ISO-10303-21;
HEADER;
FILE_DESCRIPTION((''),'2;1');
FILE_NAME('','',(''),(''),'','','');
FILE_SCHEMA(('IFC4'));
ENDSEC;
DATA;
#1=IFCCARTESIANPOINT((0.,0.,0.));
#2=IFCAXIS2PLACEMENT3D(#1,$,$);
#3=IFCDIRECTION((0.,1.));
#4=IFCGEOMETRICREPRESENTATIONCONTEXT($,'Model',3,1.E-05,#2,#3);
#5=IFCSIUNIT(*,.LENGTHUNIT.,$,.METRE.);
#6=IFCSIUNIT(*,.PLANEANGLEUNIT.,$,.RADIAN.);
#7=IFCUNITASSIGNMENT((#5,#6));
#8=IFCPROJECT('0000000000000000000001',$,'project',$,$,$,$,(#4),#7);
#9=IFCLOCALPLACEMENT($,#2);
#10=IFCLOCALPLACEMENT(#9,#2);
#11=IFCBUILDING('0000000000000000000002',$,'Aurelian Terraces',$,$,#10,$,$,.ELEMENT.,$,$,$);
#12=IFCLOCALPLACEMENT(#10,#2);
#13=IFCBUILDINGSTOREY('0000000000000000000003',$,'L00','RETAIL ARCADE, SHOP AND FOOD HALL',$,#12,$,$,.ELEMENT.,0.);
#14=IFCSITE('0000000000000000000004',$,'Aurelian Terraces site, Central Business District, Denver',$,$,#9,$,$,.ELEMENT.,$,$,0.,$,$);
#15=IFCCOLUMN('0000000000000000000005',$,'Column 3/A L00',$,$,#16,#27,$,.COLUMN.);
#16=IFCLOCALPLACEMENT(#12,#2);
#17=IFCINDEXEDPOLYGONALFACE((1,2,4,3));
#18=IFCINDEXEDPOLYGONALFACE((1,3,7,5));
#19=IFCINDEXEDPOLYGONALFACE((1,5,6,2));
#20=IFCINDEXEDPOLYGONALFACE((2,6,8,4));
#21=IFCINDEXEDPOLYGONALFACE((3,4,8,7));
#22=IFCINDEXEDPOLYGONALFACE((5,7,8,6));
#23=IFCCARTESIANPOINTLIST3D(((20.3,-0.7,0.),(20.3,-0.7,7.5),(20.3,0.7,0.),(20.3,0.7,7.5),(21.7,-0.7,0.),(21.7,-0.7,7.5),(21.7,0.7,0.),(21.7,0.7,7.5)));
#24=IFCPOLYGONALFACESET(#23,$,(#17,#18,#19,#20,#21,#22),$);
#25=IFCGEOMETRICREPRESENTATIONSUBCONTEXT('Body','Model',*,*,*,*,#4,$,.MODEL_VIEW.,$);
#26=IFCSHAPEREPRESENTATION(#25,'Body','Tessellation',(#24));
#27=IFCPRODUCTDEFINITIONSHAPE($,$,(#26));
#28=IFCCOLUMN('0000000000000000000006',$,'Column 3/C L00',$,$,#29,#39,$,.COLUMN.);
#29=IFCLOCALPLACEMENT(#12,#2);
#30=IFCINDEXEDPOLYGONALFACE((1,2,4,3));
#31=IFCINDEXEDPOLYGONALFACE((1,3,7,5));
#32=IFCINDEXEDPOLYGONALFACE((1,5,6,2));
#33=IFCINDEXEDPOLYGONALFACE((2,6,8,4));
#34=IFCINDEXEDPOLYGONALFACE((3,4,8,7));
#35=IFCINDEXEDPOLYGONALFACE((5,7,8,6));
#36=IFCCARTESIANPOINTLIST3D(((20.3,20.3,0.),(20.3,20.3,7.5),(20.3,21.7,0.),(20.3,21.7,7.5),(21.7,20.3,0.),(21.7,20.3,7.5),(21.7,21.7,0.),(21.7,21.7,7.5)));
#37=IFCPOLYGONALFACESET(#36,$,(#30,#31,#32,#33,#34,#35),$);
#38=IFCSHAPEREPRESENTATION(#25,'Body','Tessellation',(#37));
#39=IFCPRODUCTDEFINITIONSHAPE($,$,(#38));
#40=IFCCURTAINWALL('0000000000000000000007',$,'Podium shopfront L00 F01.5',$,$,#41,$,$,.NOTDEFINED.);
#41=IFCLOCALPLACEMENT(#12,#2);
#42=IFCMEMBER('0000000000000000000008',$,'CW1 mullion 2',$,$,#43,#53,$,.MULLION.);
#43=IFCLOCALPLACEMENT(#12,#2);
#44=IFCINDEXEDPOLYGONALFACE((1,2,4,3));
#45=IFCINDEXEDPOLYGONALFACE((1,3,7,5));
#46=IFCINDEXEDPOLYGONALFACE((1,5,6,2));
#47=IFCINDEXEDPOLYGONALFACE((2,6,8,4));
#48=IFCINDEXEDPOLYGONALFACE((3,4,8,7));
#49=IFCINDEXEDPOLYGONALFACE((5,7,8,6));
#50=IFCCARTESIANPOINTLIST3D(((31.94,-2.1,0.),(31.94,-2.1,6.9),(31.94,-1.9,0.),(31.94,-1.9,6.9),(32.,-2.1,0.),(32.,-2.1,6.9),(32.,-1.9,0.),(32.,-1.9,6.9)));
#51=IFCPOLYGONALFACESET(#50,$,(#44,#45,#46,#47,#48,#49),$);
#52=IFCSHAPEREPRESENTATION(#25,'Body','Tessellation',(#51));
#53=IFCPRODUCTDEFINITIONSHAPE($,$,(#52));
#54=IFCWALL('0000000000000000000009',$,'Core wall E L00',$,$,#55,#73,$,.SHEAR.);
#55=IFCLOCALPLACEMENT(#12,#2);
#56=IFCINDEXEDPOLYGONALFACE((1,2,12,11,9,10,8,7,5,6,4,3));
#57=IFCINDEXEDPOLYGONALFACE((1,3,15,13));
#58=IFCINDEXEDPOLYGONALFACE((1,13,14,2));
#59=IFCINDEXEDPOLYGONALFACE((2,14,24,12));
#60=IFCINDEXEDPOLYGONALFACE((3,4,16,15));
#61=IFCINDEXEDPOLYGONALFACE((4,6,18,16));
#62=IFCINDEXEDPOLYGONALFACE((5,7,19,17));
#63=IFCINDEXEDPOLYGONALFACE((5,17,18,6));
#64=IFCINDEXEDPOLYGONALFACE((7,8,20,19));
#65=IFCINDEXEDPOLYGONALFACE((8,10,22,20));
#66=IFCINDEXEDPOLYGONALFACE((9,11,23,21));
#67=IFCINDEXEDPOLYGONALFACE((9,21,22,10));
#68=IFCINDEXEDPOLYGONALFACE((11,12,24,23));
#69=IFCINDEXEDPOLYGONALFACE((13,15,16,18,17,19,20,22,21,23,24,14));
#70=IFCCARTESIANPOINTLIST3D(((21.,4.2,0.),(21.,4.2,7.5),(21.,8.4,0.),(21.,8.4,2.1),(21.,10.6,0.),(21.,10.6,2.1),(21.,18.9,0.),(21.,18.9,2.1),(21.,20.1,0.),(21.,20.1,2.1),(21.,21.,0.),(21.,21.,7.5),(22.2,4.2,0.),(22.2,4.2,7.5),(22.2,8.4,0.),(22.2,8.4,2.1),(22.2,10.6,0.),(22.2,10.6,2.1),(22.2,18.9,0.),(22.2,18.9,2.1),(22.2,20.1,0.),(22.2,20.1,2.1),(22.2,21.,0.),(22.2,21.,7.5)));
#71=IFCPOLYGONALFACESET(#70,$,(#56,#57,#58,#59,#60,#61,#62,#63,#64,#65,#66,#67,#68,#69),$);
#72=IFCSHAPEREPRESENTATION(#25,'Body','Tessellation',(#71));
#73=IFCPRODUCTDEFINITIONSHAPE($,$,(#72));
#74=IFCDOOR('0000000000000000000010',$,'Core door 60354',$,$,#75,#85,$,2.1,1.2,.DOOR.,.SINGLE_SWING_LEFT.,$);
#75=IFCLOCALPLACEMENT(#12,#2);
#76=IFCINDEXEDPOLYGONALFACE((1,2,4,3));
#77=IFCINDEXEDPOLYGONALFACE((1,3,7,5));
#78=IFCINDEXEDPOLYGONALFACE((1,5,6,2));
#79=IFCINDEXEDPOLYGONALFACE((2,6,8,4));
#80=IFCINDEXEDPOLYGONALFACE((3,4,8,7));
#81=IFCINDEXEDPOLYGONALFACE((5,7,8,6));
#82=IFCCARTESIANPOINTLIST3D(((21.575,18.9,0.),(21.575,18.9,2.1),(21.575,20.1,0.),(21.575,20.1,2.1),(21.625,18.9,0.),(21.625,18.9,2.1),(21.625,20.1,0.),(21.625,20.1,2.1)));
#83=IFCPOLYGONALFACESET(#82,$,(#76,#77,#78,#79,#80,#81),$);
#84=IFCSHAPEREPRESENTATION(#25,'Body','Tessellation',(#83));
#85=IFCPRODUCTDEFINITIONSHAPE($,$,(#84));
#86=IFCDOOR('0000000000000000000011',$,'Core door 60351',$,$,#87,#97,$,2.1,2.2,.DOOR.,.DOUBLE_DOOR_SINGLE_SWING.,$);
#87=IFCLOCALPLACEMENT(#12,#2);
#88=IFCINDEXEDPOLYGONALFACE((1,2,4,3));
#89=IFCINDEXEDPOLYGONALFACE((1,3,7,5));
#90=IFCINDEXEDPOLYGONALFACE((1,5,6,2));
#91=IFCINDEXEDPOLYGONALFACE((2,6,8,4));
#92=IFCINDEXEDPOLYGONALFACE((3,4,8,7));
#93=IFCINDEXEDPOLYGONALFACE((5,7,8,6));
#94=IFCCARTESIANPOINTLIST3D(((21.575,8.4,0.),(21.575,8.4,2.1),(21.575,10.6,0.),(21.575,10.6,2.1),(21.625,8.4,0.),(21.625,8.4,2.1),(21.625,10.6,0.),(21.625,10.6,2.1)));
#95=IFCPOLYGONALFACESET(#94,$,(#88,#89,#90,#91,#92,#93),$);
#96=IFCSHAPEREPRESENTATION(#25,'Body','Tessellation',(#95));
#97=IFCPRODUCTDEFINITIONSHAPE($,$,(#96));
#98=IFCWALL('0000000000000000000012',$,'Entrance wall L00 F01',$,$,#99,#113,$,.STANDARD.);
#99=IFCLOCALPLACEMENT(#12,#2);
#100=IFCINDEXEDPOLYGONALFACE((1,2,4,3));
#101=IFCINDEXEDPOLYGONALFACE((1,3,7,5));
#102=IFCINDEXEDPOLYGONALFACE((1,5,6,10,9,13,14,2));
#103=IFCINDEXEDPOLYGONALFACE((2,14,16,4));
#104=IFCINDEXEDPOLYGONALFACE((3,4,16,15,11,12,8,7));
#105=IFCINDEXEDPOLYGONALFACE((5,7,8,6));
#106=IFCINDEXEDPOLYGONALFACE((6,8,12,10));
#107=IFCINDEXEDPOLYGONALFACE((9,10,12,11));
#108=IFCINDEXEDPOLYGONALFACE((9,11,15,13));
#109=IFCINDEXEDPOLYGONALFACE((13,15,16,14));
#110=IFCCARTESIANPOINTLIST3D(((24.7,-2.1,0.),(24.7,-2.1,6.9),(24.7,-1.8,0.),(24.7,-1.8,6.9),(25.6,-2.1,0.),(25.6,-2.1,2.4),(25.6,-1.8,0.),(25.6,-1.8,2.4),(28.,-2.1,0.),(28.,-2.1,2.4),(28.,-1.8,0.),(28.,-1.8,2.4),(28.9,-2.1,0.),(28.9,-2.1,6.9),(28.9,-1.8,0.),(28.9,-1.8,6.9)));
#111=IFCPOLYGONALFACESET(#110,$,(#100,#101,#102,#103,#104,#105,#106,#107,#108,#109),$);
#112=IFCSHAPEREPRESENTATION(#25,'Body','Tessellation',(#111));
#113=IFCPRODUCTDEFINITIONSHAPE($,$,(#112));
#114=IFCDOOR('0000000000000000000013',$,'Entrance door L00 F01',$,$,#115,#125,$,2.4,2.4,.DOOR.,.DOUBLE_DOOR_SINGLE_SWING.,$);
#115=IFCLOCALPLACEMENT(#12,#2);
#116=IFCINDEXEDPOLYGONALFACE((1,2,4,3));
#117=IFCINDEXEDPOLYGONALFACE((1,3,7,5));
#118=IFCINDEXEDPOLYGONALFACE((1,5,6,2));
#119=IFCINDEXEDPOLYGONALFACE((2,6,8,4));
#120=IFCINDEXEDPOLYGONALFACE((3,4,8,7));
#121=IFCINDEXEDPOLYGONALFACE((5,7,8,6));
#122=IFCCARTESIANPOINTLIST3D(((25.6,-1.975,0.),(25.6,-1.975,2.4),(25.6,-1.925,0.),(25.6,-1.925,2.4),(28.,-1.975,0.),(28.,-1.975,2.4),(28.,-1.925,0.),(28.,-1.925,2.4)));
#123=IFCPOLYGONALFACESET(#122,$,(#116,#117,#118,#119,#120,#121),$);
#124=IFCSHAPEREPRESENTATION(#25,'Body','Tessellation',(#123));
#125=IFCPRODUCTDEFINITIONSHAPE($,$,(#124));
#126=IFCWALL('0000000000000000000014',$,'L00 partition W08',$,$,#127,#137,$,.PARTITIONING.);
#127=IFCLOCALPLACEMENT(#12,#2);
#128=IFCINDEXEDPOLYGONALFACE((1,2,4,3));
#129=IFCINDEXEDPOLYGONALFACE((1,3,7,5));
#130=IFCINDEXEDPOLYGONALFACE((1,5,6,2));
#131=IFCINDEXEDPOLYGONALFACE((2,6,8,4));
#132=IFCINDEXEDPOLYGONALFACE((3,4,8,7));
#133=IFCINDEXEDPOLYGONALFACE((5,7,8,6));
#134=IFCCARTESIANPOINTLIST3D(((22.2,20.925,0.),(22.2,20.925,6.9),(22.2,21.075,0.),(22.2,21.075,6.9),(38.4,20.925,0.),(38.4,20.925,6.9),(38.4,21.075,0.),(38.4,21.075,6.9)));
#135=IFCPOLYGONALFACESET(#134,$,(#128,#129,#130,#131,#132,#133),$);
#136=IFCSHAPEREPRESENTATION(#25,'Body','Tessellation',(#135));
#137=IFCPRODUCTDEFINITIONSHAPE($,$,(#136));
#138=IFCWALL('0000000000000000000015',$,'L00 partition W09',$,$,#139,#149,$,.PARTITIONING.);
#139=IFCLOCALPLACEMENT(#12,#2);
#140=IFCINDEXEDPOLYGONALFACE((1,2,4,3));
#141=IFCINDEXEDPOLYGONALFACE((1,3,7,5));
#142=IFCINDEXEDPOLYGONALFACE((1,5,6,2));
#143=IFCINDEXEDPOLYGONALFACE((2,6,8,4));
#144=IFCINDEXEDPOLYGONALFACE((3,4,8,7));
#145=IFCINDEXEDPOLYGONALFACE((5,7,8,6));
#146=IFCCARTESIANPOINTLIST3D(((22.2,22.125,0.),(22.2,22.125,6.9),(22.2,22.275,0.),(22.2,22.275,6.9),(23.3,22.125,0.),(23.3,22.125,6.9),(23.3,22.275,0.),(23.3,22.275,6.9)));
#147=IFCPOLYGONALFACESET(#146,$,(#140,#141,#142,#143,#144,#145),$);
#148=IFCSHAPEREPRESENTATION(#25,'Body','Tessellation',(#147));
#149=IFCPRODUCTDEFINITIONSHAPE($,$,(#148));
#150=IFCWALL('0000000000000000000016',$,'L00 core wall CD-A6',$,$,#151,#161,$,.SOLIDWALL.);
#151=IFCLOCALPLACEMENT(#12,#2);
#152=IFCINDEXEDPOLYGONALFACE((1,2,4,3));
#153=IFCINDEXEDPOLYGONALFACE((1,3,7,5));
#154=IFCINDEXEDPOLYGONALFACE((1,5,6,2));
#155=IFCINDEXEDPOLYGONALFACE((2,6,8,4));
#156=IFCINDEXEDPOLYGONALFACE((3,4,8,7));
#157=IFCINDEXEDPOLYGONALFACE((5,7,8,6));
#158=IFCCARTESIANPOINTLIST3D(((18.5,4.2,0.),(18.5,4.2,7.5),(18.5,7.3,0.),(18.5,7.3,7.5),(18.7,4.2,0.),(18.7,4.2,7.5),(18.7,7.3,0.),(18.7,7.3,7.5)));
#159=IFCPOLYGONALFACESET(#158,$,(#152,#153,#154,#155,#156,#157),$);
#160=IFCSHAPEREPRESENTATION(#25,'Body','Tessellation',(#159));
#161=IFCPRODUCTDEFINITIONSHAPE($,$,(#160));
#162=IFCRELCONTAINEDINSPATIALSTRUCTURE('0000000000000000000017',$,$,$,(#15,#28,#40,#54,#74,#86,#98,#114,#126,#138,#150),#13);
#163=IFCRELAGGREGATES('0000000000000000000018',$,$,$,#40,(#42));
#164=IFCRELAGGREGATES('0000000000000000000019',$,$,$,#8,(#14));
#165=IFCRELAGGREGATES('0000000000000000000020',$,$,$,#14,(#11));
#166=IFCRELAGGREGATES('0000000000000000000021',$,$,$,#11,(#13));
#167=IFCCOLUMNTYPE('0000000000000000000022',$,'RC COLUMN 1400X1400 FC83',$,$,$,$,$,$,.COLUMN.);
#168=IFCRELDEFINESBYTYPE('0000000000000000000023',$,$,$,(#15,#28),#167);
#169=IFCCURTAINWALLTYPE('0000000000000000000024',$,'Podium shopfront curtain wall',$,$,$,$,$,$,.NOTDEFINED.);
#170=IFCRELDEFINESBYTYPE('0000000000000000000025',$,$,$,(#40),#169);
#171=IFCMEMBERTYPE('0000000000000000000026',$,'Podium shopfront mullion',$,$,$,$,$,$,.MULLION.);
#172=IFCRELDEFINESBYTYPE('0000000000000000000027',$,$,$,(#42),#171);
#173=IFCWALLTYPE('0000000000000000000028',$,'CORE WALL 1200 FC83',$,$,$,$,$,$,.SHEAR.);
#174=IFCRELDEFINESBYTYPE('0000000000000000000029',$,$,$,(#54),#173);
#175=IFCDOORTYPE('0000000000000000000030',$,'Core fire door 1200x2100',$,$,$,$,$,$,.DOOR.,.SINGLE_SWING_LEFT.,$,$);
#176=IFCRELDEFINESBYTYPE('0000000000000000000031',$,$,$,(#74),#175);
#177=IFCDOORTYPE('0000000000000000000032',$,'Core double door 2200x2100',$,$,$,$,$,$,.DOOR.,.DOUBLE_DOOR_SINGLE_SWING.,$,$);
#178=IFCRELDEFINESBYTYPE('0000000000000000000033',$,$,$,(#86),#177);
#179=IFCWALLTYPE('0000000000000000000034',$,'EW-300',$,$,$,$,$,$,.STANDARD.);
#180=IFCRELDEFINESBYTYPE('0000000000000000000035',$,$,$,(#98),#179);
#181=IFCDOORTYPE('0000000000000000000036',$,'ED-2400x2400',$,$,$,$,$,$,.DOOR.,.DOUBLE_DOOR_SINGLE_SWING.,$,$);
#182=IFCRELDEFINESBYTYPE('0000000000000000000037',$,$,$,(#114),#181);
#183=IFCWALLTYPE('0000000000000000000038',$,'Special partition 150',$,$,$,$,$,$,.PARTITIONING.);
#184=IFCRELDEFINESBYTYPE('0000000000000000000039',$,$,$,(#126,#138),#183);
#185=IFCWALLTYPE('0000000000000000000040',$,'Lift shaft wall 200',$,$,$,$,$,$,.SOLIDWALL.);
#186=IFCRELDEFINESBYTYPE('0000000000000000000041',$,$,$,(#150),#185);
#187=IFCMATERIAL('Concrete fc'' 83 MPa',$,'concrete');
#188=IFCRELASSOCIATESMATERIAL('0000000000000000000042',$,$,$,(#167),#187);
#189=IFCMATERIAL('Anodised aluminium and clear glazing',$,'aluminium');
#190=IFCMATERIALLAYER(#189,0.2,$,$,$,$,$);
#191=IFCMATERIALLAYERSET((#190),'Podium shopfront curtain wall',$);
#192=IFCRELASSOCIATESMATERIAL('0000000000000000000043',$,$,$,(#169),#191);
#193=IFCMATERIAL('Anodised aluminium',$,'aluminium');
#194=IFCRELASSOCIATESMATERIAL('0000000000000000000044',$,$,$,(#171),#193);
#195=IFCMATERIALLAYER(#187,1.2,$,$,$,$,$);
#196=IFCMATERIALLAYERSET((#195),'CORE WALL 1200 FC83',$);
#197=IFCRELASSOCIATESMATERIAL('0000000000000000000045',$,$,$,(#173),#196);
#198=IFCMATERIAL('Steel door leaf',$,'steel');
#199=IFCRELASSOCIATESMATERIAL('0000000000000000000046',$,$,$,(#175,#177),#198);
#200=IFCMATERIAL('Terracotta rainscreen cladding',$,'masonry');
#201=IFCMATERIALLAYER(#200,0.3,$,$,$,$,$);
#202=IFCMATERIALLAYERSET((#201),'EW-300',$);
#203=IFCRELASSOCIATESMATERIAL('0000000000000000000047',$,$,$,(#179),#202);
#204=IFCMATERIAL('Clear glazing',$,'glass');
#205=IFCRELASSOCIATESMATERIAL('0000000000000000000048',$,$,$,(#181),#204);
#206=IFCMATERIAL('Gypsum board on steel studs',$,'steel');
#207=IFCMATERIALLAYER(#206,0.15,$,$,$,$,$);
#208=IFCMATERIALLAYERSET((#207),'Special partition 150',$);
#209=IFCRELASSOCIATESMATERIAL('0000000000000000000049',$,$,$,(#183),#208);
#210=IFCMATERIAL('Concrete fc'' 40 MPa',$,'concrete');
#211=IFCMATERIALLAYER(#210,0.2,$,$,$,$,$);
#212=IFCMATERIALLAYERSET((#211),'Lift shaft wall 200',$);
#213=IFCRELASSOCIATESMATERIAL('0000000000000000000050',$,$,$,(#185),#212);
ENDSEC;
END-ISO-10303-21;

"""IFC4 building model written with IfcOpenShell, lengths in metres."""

from ifc_helpers import new_model, si_unit, direction, frame, frame_2d, origin, origin_2d, place, context, subcontext, project, spatial, rectangle, extrude, source, transform, mapped, material, layer, layer_set, material_profile, profile_set, type_object, element, fill, aggregate, save


model = new_model("IFC4")

# Units and contexts
model_context = context("Model", 3, precision=1e-05, world=origin(), true_north=direction((0.0, 1.0)))
body_context = subcontext(model_context, "Body", "Model", "MODEL_VIEW")
ifc_project = project(units=[si_unit("LENGTHUNIT", "METRE"), si_unit("PLANEANGLEUNIT", "RADIAN")], contexts=[model_context])

# Site, building, storey
site_placement = place(None, origin())
site = spatial("IfcSite", under=ifc_project, at=site_placement, Name="Aurelian Terraces site, Central Business District, Denver", CompositionType="ELEMENT", RefElevation=0.0)
building_placement = place(site_placement, origin())
building = spatial("IfcBuilding", under=site, at=building_placement, Name="Aurelian Terraces", CompositionType="ELEMENT")
storey_placement = place(building_placement, origin())
storey = spatial("IfcBuildingStorey", under=building, at=storey_placement, Name="L00", Description="RETAIL ARCADE, SHOP AND FOOD HALL", CompositionType="ELEMENT", Elevation=0.0)

# Columns
ifc_material_1 = material(Name="Concrete fc' 83 MPa", Category="concrete")
ifc_material_profile_1 = material_profile(ifc_material_1, rectangle(XDim=1.4, YDim=1.4, at=origin_2d()))
ifc_profile_set_1 = profile_set([ifc_material_profile_1], Name="Concrete fc' 83 MPa")
column_type = type_object("IfcColumnType", Name="RC COLUMN 1400X1400 FC83", PredefinedType="COLUMN", material=ifc_profile_set_1)
shared_shape_1 = source(origin(), body_context, "Body", "SweptSolid", [
    extrude(rectangle(XDim=1.4, YDim=1.4, at=origin_2d()), origin(), (0.0, 0.0, 1.0), 7.5),
])
for number, where, z_axis, x_axis, name in (
    (1, (21.0, 0.0, 0.0), (0.0, 0.0, 1.0), (1.0, 0.0, 0.0), "Column 3/A L00"),
    (2, (21.0, 21.0, 0.0), (0.0, 0.0, 1.0), (1.0, 0.0, 0.0), "Column 3/C L00"),
):
    element("IfcColumn", number, at=place(storey_placement, frame(where, z_axis=z_axis, x_axis=x_axis)), inside=storey, type_object=column_type, Name=name, PredefinedType="COLUMN", context=body_context, shape_type="MappedRepresentation", body=[
        mapped(shared_shape_1, transform((0.0, 0.0, 0.0), scale=1.0)),
    ])

# Curtain wall, member
ifc_material_2 = material(Name="Anodised aluminium and clear glazing", Category="aluminium")
ifc_layer_1 = layer(ifc_material_2, 0.2)
ifc_layer_set_1 = layer_set([ifc_layer_1], Name="Podium shopfront curtain wall")
curtain_wall_type = type_object("IfcCurtainWallType", Name="Podium shopfront curtain wall", PredefinedType="NOTDEFINED", material=ifc_layer_set_1)
curtain_wall_placement = place(storey_placement, origin())
curtain_wall = element("IfcCurtainWall", 3, at=curtain_wall_placement, inside=storey, type_object=curtain_wall_type, Name="Podium shopfront L00 F01.5", PredefinedType="NOTDEFINED")
ifc_material_3 = material(Name="Anodised aluminium", Category="aluminium")
ifc_material_profile_2 = material_profile(ifc_material_3, rectangle(XDim=0.2, YDim=0.06, at=origin_2d()))
ifc_profile_set_2 = profile_set([ifc_material_profile_2], Name="Anodised aluminium")
member_type = type_object("IfcMemberType", Name="Podium shopfront mullion", PredefinedType="MULLION", material=ifc_profile_set_2)
shared_shape_2 = source(origin(), body_context, "Body", "SweptSolid", [
    extrude(rectangle(XDim=0.2, YDim=0.06, at=origin_2d()), origin(), (0.0, 0.0, 1.0), 6.9),
])
member_placement = place(storey_placement, frame((31.97, -2.0, 0.0), z_axis=(0.0, 0.0, 1.0), x_axis=(0.0, 1.0, 0.0)))
member = element("IfcMember", 4, at=member_placement, type_object=member_type, Name="CW1 mullion 2", PredefinedType="MULLION", context=body_context, shape_type="MappedRepresentation", body=[
    mapped(shared_shape_2, transform((0.0, 0.0, 0.0), scale=1.0)),
])
aggregate(curtain_wall, [member])

# Wall, openings, doors
ifc_layer_2 = layer(ifc_material_1, 1.2)
ifc_layer_set_2 = layer_set([ifc_layer_2], Name="CORE WALL 1200 FC83")
wall_type_1 = type_object("IfcWallType", Name="CORE WALL 1200 FC83", PredefinedType="SHEAR", material=ifc_layer_set_2)
wall_1_placement = place(storey_placement, frame((21.6, 4.2, 0.0), z_axis=(0.0, 0.0, 1.0), x_axis=(0.0, 1.0, 0.0)))
wall_1 = element("IfcWall", 5, at=wall_1_placement, inside=storey, type_object=wall_type_1, Name="Core wall E L00", PredefinedType="SHEAR", context=body_context, shape_type="SweptSolid", body=[
    extrude(rectangle(XDim=16.8, YDim=1.2, at=frame_2d((8.4, 0.0))), origin(), (0.0, 0.0, 1.0), 7.5),
])
shared_shape_3 = source(origin(), body_context, "Body", "SweptSolid", [
    extrude(rectangle(XDim=2.2, YDim=2.1, at=frame_2d((1.1, 1.05))), frame((0.0, 0.61, 0.0), z_axis=(0.0, -1.0, 0.0), x_axis=(1.0, 0.0, 0.0)), (0.0, 0.0, 1.0), 1.22),
])
opening_1_placement = place(wall_1_placement, frame((4.2, 0.0, 0.0)))
opening_1 = element("IfcOpeningElement", 6, at=opening_1_placement, cuts=wall_1, PredefinedType="OPENING", context=body_context, shape_type="MappedRepresentation", body=[
    mapped(shared_shape_3, transform((0.0, 0.0, 0.0), scale=1.0)),
])
shared_shape_4 = source(origin(), body_context, "Body", "SweptSolid", [
    extrude(rectangle(XDim=1.2, YDim=2.1, at=frame_2d((0.6, 1.05))), frame((0.0, 0.61, 0.0), z_axis=(0.0, -1.0, 0.0), x_axis=(1.0, 0.0, 0.0)), (0.0, 0.0, 1.0), 1.22),
])
opening_2_placement = place(wall_1_placement, frame((14.7, 0.0, 0.0)))
opening_2 = element("IfcOpeningElement", 7, at=opening_2_placement, cuts=wall_1, PredefinedType="OPENING", context=body_context, shape_type="MappedRepresentation", body=[
    mapped(shared_shape_4, transform((0.0, 0.0, 0.0), scale=1.0)),
])
ifc_material_4 = material(Name="Steel door leaf", Category="steel")
door_type_1 = type_object("IfcDoorType", Name="Core fire door 1200x2100", OperationType="SINGLE_SWING_LEFT", PredefinedType="DOOR", material=ifc_material_4)
shared_shape_5 = source(origin(), body_context, "Body", "SweptSolid", [
    extrude(rectangle(XDim=1.2, YDim=2.1, at=frame_2d((0.6, 1.05))), frame((0.0, 0.025, 0.0), z_axis=(0.0, -1.0, 0.0), x_axis=(1.0, 0.0, 0.0)), (0.0, 0.0, 1.0), 0.05),
])
door_1_placement = place(opening_2_placement, origin())
door_1 = element("IfcDoor", 8, at=door_1_placement, inside=storey, type_object=door_type_1, Name="Core door 60354", OperationType="SINGLE_SWING_LEFT", OverallHeight=2.1, OverallWidth=1.2, PredefinedType="DOOR", context=body_context, shape_type="MappedRepresentation", body=[
    mapped(shared_shape_5, transform((0.0, 0.0, 0.0), scale=1.0)),
])
fill(opening_2, door_1)
door_type_2 = type_object("IfcDoorType", Name="Core double door 2200x2100", OperationType="DOUBLE_DOOR_SINGLE_SWING", PredefinedType="DOOR", material=ifc_material_4)
shared_shape_6 = source(origin(), body_context, "Body", "SweptSolid", [
    extrude(rectangle(XDim=2.2, YDim=2.1, at=frame_2d((1.1, 1.05))), frame((0.0, 0.025, 0.0), z_axis=(0.0, -1.0, 0.0), x_axis=(1.0, 0.0, 0.0)), (0.0, 0.0, 1.0), 0.05),
])
door_2_placement = place(opening_1_placement, origin())
door_2 = element("IfcDoor", 9, at=door_2_placement, inside=storey, type_object=door_type_2, Name="Core door 60351", OperationType="DOUBLE_DOOR_SINGLE_SWING", OverallHeight=2.1, OverallWidth=2.2, PredefinedType="DOOR", context=body_context, shape_type="MappedRepresentation", body=[
    mapped(shared_shape_6, transform((0.0, 0.0, 0.0), scale=1.0)),
])
fill(opening_1, door_2)

# Wall, opening, door
ifc_material_5 = material(Name="Terracotta rainscreen cladding", Category="masonry")
ifc_layer_3 = layer(ifc_material_5, 0.3)
ifc_layer_set_3 = layer_set([ifc_layer_3], Name="EW-300")
wall_type_2 = type_object("IfcWallType", Name="EW-300", PredefinedType="STANDARD", material=ifc_layer_set_3)
wall_2_placement = place(storey_placement, frame((24.7, -1.95, 0.0), z_axis=(0.0, 0.0, 1.0), x_axis=(1.0, 0.0, 0.0)))
wall_2 = element("IfcWall", 10, at=wall_2_placement, inside=storey, type_object=wall_type_2, Name="Entrance wall L00 F01", PredefinedType="STANDARD", context=body_context, shape_type="SweptSolid", body=[
    extrude(rectangle(XDim=4.2, YDim=0.3, at=frame_2d((2.1, 0.0))), origin(), (0.0, 0.0, 1.0), 6.9),
])
opening_3_placement = place(wall_2_placement, frame((0.9, 0.0, 0.0)))
opening_3 = element("IfcOpeningElement", 11, at=opening_3_placement, cuts=wall_2, PredefinedType="OPENING", context=body_context, shape_type="SweptSolid", body=[
    extrude(rectangle(XDim=2.4, YDim=2.4, at=frame_2d((1.2, 1.2))), frame((0.0, 0.16, 0.0), z_axis=(0.0, -1.0, 0.0), x_axis=(1.0, 0.0, 0.0)), (0.0, 0.0, 1.0), 0.32),
])
ifc_material_6 = material(Name="Clear glazing", Category="glass")
door_type_3 = type_object("IfcDoorType", Name="ED-2400x2400", OperationType="DOUBLE_DOOR_SINGLE_SWING", PredefinedType="DOOR", material=ifc_material_6)
door_3_placement = place(opening_3_placement, origin())
door_3 = element("IfcDoor", 12, at=door_3_placement, inside=storey, type_object=door_type_3, Name="Entrance door L00 F01", OperationType="DOUBLE_DOOR_SINGLE_SWING", OverallHeight=2.4, OverallWidth=2.4, PredefinedType="DOOR", context=body_context, shape_type="SweptSolid", body=[
    extrude(rectangle(XDim=2.4, YDim=2.4, at=frame_2d((1.2, 1.2))), frame((0.0, 0.025, 0.0), z_axis=(0.0, -1.0, 0.0), x_axis=(1.0, 0.0, 0.0)), (0.0, 0.0, 1.0), 0.05),
])
fill(opening_3, door_3)

# Walls
ifc_material_7 = material(Name="Gypsum board on steel studs", Category="steel")
ifc_layer_4 = layer(ifc_material_7, 0.15)
ifc_layer_set_4 = layer_set([ifc_layer_4], Name="Special partition 150")
wall_type_3 = type_object("IfcWallType", Name="Special partition 150", PredefinedType="PARTITIONING", material=ifc_layer_set_4)
wall_3_placement = place(storey_placement, frame((22.2, 21.0, 0.0), z_axis=(0.0, 0.0, 1.0), x_axis=(1.0, 0.0, 0.0)))
element("IfcWall", 13, at=wall_3_placement, inside=storey, type_object=wall_type_3, Name="L00 partition W08", PredefinedType="PARTITIONING", context=body_context, shape_type="SweptSolid", body=[
    extrude(rectangle(XDim=16.2, YDim=0.15, at=frame_2d((8.1, 0.0))), origin(), (0.0, 0.0, 1.0), 6.9),
])
wall_4_placement = place(storey_placement, frame((22.2, 22.2, 0.0), z_axis=(0.0, 0.0, 1.0), x_axis=(1.0, 0.0, 0.0)))
element("IfcWall", 14, at=wall_4_placement, inside=storey, type_object=wall_type_3, Name="L00 partition W09", PredefinedType="PARTITIONING", context=body_context, shape_type="SweptSolid", body=[
    extrude(rectangle(XDim=1.1, YDim=0.15, at=frame_2d((0.55, 0.0))), origin(), (0.0, 0.0, 1.0), 6.9),
])
ifc_material_8 = material(Name="Concrete fc' 40 MPa", Category="concrete")
ifc_layer_5 = layer(ifc_material_8, 0.2)
ifc_layer_set_5 = layer_set([ifc_layer_5], Name="Lift shaft wall 200")
wall_type_4 = type_object("IfcWallType", Name="Lift shaft wall 200", PredefinedType="SOLIDWALL", material=ifc_layer_set_5)
shared_shape_7 = source(origin(), body_context, "Body", "SweptSolid", [
    extrude(rectangle(XDim=3.1, YDim=0.2, at=frame_2d((1.55, 0.0))), origin(), (0.0, 0.0, 1.0), 7.5),
])
wall_5_placement = place(storey_placement, frame((18.6, 4.2, 0.0), z_axis=(0.0, 0.0, 1.0), x_axis=(0.0, 1.0, 0.0)))
element("IfcWall", 15, at=wall_5_placement, inside=storey, type_object=wall_type_4, Name="L00 core wall CD-A6", PredefinedType="SOLIDWALL", context=body_context, shape_type="MappedRepresentation", body=[
    mapped(shared_shape_7, transform((0.0, 0.0, 0.0), scale=1.0)),
])

save(model, "model.ifc")
